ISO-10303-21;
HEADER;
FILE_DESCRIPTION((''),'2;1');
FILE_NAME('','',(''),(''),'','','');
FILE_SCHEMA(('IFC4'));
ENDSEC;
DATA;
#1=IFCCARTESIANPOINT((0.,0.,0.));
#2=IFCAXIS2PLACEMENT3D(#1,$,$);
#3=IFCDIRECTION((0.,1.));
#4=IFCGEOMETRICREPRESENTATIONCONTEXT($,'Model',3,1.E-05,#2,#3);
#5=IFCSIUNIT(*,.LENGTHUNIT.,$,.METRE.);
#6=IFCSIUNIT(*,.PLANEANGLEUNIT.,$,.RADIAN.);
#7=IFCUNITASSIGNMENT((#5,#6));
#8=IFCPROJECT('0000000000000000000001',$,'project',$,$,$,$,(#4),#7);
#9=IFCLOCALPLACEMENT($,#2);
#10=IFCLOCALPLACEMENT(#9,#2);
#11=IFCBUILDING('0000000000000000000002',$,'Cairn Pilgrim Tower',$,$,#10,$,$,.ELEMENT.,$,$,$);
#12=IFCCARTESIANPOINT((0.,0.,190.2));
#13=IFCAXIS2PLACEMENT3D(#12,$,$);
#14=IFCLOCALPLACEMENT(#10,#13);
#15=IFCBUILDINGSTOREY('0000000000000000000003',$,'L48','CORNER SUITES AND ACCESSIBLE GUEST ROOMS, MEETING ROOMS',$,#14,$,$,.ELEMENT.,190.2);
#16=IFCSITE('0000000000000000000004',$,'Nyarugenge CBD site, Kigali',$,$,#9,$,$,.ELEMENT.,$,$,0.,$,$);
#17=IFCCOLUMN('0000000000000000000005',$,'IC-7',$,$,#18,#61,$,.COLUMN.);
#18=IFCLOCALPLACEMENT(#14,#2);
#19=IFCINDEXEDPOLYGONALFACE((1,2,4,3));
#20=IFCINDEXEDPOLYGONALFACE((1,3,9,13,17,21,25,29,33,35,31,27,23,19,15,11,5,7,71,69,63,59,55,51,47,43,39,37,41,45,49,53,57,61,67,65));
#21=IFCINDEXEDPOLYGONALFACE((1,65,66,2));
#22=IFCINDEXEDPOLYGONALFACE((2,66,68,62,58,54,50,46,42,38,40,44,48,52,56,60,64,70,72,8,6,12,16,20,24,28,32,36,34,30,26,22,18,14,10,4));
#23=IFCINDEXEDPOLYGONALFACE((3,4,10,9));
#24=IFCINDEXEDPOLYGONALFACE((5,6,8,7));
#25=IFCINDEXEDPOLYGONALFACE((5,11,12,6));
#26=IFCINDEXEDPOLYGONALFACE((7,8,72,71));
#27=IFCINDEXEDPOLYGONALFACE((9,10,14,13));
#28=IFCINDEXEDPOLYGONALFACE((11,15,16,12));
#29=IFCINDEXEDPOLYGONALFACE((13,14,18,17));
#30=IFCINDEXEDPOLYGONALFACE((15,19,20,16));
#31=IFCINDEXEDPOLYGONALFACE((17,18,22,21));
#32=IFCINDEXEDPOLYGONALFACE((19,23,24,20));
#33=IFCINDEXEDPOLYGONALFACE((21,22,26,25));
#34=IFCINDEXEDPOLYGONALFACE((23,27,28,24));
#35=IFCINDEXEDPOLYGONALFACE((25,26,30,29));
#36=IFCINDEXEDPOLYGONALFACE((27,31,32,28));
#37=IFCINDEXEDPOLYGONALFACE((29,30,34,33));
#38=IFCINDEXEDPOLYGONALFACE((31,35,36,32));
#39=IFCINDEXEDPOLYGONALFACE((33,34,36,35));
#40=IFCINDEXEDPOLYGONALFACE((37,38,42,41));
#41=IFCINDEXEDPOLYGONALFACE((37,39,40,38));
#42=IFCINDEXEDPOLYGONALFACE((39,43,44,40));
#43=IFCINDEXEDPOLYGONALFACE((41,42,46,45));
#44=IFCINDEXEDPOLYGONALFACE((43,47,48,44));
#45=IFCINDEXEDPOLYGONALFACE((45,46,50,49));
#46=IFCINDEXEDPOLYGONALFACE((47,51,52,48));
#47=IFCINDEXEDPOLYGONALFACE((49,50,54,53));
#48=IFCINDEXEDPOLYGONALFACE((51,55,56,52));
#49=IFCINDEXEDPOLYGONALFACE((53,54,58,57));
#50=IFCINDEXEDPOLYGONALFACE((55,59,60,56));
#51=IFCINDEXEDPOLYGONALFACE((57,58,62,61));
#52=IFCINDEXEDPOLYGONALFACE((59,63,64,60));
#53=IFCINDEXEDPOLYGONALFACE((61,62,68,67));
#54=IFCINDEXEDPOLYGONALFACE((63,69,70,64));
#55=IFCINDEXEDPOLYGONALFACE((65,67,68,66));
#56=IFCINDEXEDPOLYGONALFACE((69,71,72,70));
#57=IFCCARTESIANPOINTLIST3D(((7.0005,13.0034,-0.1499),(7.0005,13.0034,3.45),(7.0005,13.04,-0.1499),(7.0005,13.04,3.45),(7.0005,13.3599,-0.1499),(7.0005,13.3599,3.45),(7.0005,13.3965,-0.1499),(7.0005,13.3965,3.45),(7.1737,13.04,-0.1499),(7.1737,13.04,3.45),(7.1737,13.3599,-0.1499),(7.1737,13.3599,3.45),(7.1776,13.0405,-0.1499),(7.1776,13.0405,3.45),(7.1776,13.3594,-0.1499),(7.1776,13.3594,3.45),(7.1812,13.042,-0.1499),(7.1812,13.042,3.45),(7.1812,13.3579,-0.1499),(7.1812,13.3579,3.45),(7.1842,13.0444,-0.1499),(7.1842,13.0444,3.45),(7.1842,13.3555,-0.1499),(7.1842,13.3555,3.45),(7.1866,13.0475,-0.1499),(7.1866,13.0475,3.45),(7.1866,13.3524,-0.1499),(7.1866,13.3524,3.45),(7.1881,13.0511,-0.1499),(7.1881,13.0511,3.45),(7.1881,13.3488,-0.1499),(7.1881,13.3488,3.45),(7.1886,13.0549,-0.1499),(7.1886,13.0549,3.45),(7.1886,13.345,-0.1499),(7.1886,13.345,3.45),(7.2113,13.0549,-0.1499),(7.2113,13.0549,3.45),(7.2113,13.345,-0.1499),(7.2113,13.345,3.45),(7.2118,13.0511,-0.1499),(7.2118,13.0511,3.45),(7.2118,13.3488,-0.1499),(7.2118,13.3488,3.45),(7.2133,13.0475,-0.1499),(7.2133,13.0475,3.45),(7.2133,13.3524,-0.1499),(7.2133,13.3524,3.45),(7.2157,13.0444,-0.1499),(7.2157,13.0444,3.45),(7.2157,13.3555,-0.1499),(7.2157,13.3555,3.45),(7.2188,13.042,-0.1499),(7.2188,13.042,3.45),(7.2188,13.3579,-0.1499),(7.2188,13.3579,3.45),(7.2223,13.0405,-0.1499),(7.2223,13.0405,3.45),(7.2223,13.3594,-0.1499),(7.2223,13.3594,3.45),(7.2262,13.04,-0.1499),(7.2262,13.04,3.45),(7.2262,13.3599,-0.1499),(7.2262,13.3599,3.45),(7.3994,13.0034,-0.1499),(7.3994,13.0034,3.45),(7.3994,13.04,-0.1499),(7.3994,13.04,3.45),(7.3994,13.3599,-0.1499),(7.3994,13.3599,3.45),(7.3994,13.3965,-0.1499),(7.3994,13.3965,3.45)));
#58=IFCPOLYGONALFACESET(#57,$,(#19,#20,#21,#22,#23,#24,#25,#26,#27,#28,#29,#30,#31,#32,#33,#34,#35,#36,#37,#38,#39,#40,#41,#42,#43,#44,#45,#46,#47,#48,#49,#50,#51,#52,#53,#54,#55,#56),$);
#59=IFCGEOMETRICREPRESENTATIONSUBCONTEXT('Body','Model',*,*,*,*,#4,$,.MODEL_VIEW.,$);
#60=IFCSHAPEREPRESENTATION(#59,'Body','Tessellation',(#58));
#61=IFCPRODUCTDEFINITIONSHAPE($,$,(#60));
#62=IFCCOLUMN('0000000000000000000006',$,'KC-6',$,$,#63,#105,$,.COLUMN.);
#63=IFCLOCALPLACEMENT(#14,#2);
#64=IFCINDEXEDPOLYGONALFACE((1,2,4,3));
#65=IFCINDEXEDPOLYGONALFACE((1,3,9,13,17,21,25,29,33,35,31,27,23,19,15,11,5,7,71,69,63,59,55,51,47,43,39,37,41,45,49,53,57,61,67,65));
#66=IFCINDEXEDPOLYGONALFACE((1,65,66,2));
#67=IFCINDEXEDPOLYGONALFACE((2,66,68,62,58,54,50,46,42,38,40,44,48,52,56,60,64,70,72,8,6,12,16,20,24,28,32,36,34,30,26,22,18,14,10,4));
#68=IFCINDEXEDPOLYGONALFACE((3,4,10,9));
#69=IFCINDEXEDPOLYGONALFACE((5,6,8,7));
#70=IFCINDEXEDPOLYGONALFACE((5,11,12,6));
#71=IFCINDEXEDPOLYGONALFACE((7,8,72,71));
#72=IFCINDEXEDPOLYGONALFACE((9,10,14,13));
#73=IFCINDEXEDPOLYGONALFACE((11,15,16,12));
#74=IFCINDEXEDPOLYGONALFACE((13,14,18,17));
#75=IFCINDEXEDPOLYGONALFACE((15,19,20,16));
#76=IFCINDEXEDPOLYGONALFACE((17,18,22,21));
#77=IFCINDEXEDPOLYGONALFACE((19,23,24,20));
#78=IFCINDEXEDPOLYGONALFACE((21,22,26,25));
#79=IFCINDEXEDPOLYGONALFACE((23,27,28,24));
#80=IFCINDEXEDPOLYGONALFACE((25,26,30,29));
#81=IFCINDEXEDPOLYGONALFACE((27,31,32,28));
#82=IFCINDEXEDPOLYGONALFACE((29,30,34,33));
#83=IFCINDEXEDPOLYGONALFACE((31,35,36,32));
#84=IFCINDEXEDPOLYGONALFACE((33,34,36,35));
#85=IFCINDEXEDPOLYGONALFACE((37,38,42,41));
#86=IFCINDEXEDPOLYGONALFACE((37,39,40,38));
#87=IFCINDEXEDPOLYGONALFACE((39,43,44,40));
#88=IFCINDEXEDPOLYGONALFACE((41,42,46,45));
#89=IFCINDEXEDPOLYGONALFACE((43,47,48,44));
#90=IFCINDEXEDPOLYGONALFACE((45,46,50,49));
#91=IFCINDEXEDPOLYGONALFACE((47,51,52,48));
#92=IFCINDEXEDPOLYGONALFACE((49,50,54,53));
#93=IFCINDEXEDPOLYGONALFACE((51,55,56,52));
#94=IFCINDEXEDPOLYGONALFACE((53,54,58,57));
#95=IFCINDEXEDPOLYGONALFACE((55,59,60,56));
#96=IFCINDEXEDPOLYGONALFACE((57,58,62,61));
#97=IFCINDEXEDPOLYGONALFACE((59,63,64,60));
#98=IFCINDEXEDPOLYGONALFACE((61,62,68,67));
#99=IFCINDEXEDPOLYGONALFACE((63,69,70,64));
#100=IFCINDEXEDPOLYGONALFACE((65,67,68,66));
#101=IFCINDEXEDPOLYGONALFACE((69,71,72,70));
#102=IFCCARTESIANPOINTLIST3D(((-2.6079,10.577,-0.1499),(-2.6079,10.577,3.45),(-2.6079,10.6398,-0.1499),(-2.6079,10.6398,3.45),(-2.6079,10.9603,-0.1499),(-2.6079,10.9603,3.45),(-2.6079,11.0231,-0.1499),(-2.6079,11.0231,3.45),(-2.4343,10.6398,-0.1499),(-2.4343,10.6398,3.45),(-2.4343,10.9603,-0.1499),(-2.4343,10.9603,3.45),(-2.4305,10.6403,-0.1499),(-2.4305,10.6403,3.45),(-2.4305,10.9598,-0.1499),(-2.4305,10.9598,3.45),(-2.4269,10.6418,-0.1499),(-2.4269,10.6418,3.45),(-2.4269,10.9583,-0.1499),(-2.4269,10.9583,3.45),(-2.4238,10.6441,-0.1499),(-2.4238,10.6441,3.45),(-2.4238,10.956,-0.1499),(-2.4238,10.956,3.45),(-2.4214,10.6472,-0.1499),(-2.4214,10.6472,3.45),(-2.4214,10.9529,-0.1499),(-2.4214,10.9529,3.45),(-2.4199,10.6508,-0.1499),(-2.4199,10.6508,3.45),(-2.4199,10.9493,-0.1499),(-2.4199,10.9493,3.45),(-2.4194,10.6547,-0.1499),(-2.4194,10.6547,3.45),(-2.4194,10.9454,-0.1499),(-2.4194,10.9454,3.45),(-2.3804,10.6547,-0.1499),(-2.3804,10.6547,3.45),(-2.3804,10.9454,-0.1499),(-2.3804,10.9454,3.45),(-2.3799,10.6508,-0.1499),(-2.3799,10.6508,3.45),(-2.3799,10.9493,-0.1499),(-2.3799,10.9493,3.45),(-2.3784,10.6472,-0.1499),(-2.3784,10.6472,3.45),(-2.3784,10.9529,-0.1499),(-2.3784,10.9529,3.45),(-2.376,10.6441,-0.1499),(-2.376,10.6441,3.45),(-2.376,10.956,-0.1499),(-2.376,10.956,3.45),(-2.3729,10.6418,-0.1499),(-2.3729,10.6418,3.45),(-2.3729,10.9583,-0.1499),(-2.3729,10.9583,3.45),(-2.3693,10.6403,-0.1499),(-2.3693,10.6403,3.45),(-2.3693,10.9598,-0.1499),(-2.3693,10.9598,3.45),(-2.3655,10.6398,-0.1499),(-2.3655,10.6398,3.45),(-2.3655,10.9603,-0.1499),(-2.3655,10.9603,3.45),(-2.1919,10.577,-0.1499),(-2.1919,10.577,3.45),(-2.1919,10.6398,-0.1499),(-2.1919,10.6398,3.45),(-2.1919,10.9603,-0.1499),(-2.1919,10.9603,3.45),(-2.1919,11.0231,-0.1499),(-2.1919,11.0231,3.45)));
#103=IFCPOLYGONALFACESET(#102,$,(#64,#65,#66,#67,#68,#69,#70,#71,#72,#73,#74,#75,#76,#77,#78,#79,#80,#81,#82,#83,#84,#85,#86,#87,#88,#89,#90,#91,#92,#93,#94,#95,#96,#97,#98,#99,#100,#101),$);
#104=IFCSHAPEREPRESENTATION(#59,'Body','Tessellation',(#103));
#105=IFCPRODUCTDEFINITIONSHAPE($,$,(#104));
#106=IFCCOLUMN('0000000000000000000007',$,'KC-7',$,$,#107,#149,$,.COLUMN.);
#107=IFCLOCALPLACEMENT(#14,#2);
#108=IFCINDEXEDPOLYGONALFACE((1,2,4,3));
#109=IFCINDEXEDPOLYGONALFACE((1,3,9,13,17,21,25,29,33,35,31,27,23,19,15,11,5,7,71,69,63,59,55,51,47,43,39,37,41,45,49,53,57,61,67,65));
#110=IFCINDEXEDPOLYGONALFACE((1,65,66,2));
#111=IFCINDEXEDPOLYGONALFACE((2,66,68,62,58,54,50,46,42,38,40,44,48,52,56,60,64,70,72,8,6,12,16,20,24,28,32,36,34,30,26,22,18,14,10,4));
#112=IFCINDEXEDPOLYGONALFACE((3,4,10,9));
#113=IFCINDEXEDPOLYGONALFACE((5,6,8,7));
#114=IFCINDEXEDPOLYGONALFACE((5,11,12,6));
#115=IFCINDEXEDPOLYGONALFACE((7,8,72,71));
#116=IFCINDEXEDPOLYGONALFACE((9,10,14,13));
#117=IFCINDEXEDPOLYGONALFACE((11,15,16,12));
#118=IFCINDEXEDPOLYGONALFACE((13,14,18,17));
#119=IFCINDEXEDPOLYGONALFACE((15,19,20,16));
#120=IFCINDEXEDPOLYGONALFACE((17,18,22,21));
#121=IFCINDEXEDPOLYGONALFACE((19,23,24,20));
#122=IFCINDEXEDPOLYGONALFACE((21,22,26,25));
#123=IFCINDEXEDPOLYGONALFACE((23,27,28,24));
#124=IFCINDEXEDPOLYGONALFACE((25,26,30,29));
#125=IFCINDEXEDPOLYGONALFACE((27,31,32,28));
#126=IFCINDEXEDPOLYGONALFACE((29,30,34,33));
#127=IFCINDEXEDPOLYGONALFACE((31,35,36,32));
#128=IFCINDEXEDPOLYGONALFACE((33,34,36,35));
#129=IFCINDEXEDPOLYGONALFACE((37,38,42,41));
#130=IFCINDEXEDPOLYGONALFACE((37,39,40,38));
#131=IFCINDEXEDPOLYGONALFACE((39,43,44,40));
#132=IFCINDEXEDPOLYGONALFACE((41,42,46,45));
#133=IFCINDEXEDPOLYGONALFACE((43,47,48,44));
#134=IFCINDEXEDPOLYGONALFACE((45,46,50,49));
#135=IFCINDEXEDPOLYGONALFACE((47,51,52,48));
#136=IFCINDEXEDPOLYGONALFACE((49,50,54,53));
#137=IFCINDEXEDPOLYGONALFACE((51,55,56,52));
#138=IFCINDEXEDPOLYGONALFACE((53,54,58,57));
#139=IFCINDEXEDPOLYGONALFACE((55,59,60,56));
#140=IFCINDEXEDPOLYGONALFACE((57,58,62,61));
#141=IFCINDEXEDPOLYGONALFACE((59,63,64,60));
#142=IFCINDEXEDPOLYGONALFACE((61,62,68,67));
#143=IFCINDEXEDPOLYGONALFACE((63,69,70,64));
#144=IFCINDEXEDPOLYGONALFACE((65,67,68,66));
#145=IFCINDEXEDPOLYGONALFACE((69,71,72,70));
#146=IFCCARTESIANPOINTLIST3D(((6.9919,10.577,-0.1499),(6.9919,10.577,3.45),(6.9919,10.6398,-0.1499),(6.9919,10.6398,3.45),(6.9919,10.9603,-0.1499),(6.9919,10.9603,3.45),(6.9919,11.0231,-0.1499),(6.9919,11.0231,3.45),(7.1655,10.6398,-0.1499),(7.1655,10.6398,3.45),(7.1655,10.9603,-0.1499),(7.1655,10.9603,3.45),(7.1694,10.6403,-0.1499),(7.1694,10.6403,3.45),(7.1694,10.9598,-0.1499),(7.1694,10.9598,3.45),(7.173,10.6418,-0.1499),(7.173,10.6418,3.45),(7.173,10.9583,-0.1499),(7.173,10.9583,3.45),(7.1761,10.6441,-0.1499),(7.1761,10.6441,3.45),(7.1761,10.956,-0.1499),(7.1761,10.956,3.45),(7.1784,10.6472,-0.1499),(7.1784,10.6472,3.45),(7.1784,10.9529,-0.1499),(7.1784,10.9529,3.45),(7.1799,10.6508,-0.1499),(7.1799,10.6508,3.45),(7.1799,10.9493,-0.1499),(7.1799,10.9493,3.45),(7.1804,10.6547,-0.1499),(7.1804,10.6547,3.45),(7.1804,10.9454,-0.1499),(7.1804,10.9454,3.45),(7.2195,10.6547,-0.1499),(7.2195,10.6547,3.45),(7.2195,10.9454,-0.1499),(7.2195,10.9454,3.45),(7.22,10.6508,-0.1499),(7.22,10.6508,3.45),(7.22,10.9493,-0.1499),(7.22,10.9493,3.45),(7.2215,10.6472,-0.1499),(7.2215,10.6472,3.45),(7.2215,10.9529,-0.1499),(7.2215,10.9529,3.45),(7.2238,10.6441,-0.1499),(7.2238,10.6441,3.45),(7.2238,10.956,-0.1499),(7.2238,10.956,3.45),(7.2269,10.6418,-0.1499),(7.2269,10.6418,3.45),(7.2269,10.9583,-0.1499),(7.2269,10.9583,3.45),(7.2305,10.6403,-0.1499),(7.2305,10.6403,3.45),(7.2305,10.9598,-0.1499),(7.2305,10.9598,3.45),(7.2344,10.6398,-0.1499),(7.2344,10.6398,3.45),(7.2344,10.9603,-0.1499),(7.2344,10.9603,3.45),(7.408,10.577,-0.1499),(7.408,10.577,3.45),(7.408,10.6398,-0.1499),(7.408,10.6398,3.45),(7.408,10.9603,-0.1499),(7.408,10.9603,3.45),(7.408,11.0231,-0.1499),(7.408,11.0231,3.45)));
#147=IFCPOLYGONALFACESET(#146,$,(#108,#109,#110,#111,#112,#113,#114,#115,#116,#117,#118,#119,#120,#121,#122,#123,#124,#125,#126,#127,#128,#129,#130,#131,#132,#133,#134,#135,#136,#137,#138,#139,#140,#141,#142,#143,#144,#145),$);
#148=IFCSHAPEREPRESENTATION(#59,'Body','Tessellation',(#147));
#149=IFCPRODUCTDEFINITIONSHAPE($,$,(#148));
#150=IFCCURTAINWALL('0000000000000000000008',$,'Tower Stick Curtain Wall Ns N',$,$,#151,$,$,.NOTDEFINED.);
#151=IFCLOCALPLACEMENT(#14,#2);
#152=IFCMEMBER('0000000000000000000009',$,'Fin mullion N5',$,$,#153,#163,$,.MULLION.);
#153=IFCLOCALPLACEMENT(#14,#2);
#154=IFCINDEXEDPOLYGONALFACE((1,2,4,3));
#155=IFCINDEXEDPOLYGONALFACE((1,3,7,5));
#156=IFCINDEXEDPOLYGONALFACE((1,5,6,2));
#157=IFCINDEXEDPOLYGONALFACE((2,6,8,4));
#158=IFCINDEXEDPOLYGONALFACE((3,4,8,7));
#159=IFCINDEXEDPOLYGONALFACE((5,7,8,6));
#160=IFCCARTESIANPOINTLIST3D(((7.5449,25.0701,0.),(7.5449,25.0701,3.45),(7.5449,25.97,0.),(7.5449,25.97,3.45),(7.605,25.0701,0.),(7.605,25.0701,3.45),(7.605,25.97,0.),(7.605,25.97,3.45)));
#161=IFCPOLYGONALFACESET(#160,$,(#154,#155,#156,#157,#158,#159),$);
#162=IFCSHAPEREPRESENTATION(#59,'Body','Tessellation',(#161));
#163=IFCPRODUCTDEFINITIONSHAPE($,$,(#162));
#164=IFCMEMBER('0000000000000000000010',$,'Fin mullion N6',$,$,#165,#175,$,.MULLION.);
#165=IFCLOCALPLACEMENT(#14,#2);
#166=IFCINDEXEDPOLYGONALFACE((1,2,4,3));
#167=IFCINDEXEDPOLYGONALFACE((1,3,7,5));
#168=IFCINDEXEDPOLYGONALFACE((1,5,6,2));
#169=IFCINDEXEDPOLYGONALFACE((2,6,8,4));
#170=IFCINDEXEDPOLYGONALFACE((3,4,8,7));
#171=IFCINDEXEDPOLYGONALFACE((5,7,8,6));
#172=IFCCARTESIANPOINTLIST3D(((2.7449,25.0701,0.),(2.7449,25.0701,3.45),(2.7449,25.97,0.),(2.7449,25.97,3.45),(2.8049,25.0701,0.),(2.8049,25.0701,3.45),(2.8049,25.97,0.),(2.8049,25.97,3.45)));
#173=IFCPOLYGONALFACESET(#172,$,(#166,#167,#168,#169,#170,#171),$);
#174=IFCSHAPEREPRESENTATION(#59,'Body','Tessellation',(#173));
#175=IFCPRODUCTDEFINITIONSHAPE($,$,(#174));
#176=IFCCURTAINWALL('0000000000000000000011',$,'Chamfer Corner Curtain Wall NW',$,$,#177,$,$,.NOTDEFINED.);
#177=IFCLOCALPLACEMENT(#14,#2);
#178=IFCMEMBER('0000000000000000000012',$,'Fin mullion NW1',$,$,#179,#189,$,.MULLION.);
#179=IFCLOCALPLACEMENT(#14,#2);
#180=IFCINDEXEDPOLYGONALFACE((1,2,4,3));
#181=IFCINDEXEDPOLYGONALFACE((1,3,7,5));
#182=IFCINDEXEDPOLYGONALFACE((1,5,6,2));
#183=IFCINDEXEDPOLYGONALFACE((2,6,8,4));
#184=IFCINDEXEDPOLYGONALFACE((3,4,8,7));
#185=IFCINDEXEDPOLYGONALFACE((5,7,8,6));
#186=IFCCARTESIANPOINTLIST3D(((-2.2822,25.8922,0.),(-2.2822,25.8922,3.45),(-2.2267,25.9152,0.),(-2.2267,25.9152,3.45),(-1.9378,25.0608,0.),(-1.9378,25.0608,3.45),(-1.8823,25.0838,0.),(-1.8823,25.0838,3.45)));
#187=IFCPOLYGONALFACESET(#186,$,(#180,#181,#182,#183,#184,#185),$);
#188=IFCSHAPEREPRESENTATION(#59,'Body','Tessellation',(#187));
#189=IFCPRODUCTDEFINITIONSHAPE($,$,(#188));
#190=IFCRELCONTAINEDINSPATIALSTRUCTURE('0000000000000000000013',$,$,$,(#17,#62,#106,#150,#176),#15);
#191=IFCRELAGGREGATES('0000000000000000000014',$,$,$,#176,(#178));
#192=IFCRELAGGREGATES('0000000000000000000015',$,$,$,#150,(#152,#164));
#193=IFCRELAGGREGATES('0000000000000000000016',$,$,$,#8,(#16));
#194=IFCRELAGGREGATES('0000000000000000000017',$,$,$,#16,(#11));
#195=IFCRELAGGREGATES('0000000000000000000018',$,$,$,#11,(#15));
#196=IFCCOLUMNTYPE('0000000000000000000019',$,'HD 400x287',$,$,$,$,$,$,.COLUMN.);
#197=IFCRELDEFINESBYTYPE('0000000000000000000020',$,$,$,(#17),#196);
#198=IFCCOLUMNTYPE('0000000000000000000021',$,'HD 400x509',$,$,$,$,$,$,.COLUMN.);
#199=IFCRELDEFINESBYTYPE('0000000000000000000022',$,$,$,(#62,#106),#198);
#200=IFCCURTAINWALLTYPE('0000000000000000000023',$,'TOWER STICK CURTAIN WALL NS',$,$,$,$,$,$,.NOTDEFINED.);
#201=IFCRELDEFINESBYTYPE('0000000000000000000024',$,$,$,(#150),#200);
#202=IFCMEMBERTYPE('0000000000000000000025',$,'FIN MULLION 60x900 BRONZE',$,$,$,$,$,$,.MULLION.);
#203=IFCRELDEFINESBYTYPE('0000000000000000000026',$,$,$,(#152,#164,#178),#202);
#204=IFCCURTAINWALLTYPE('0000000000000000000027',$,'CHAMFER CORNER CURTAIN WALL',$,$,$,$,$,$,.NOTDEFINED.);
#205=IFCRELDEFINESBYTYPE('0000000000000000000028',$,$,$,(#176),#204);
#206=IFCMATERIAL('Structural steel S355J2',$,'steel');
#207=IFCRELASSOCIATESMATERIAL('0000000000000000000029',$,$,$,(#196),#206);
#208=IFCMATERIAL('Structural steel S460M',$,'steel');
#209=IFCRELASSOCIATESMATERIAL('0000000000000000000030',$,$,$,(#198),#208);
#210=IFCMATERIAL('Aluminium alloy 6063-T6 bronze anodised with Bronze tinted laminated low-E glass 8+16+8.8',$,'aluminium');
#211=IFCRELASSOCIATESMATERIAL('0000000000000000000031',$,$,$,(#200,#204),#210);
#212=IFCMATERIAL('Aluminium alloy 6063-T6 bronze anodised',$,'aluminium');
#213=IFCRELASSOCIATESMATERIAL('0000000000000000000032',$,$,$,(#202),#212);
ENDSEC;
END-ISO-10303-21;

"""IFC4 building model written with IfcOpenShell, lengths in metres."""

from ifc_helpers import new_model, si_unit, direction, frame, origin, origin_2d, place, context, subcontext, project, spatial, rectangle, i_section, extrude, material, material_profile, profile_set, type_object, element, aggregate, save


model = new_model("IFC4")

# Units and contexts
model_context = context("Model", 3, precision=1e-05, world=origin(), true_north=direction((0.0, 1.0)))
body_context = subcontext(model_context, "Body", "Model", "MODEL_VIEW")
ifc_project = project(units=[si_unit("LENGTHUNIT", "METRE"), si_unit("PLANEANGLEUNIT", "RADIAN")], contexts=[model_context])

# Site, building, storey
site_placement = place(None, origin())
site = spatial("IfcSite", under=ifc_project, at=site_placement, Name="Nyarugenge CBD site, Kigali", CompositionType="ELEMENT", RefElevation=0.0)
building_placement = place(site_placement, origin())
building = spatial("IfcBuilding", under=site, at=building_placement, Name="Cairn Pilgrim Tower", CompositionType="ELEMENT")
storey_placement = place(building_placement, frame((0.0, 0.0, 190.2)))
storey = spatial("IfcBuildingStorey", under=building, at=storey_placement, Name="L48", Description="CORNER SUITES AND ACCESSIBLE GUEST ROOMS, MEETING ROOMS", CompositionType="ELEMENT", Elevation=190.2)

# Columns
ifc_material_1 = material(Name="Structural steel S460M", Category="steel")
ifc_material_2 = material(Name="Structural steel S355J2", Category="steel")
ifc_material_profile_1 = material_profile(ifc_material_2, i_section(OverallWidth=0.3989, OverallDepth=0.3931, WebThickness=0.0227, FlangeThickness=0.0366, FilletRadius=0.0149, at=origin_2d()), Name="HD 400x287")
ifc_profile_set_1 = profile_set([ifc_material_profile_1], Name="Structural steel S355J2")
column_type_1 = type_object("IfcColumnType", Name="HD 400x287", PredefinedType="COLUMN", material=ifc_profile_set_1)
column_placement = place(storey_placement, frame((7.2, 13.2, -0.1499), z_axis=(0.0, 0.0, 1.0), x_axis=(1.0, 0.0, 0.0)))
element("IfcColumn", 1, at=column_placement, inside=storey, type_object=column_type_1, Name="IC-7", PredefinedType="COLUMN", context=body_context, shape_type="SweptSolid", body=[
    extrude(i_section(OverallWidth=0.3989, OverallDepth=0.3931, WebThickness=0.0227, FlangeThickness=0.0366, FilletRadius=0.0149, at=origin_2d()), origin(), (0.0, 0.0, 1.0), 3.5999),
])
ifc_material_profile_2 = material_profile(ifc_material_1, i_section(OverallWidth=0.416, OverallDepth=0.446, WebThickness=0.0391, FlangeThickness=0.0627, FilletRadius=0.0149, at=origin_2d()), Name="HD 400x509")
ifc_profile_set_2 = profile_set([ifc_material_profile_2], Name="Structural steel S460M")
column_type_2 = type_object("IfcColumnType", Name="HD 400x509", PredefinedType="COLUMN", material=ifc_profile_set_2)
for number, where, z_axis, x_axis, name in (
    (2, (-2.3999, 10.8, -0.1499), (0.0, 0.0, 1.0), (1.0, 0.0, 0.0), "KC-6"),
    (3, (7.2, 10.8, -0.1499), (0.0, 0.0, 1.0), (1.0, 0.0, 0.0), "KC-7"),
):
    element("IfcColumn", number, at=place(storey_placement, frame(where, z_axis=z_axis, x_axis=x_axis)), inside=storey, type_object=column_type_2, Name=name, PredefinedType="COLUMN", context=body_context, shape_type="SweptSolid", body=[
        extrude(i_section(OverallWidth=0.416, OverallDepth=0.446, WebThickness=0.0391, FlangeThickness=0.0627, FilletRadius=0.0149, at=origin_2d()), origin(), (0.0, 0.0, 1.0), 3.5999),
    ])

# Curtain wall, members
ifc_material_3 = material(Name="Aluminium alloy 6063-T6 bronze anodised with Bronze tinted laminated low-E glass 8+16+8.8", Category="aluminium")
curtain_wall_type_1 = type_object("IfcCurtainWallType", Name="TOWER STICK CURTAIN WALL NS", PredefinedType="NOTDEFINED", material=ifc_material_3)
curtain_wall_1_placement = place(storey_placement, origin())
curtain_wall_1 = element("IfcCurtainWall", 4, at=curtain_wall_1_placement, inside=storey, type_object=curtain_wall_type_1, Name="Tower Stick Curtain Wall Ns N", PredefinedType="NOTDEFINED")
ifc_material_4 = material(Name="Aluminium alloy 6063-T6 bronze anodised", Category="aluminium")
ifc_material_profile_3 = material_profile(ifc_material_4, rectangle(XDim=0.8999, YDim=0.0601, at=origin_2d()), Name="FIN MULLION 60x900 BRONZE")
ifc_profile_set_3 = profile_set([ifc_material_profile_3], Name="Aluminium alloy 6063-T6 bronze anodised")
member_type_1 = type_object("IfcMemberType", Name="FIN MULLION 60x900 BRONZE", PredefinedType="MULLION", material=ifc_profile_set_3)
member_1_placement = place(storey_placement, frame((7.575, 25.52, 0.0), z_axis=(0.0, 0.0, 1.0), x_axis=(0.0, 1.0, 0.0)))
member_1 = element("IfcMember", 5, at=member_1_placement, type_object=member_type_1, Name="Fin mullion N5", PredefinedType="MULLION", context=body_context, shape_type="SweptSolid", body=[
    extrude(rectangle(XDim=0.8999, YDim=0.0601, at=origin_2d()), origin(), (0.0, 0.0, 1.0), 3.45),
])
member_2_placement = place(storey_placement, frame((2.7749, 25.52, 0.0), z_axis=(0.0, 0.0, 1.0), x_axis=(0.0, 1.0, 0.0)))
member_2 = element("IfcMember", 6, at=member_2_placement, type_object=member_type_1, Name="Fin mullion N6", PredefinedType="MULLION", context=body_context, shape_type="SweptSolid", body=[
    extrude(rectangle(XDim=0.8999, YDim=0.0601, at=origin_2d()), origin(), (0.0, 0.0, 1.0), 3.45),
])

# Curtain wall, member
curtain_wall_type_2 = type_object("IfcCurtainWallType", Name="CHAMFER CORNER CURTAIN WALL", PredefinedType="NOTDEFINED", material=ifc_material_3)
curtain_wall_2_placement = place(storey_placement, origin())
curtain_wall_2 = element("IfcCurtainWall", 7, at=curtain_wall_2_placement, inside=storey, type_object=curtain_wall_type_2, Name="Chamfer Corner Curtain Wall NW", PredefinedType="NOTDEFINED")
member_3_placement = place(storey_placement, frame((-2.0823, 25.488, 0.0), z_axis=(0.0, 0.0, 1.0), x_axis=(-0.382683, 0.92388, 0.0)))
member_3 = element("IfcMember", 8, at=member_3_placement, type_object=member_type_1, Name="Fin mullion NW1", PredefinedType="MULLION", context=body_context, shape_type="SweptSolid", body=[
    extrude(rectangle(XDim=0.8999, YDim=0.0601, at=origin_2d()), origin(), (0.0, 0.0, 1.0), 3.45),
])
aggregate(curtain_wall_2, [member_3])

aggregate(curtain_wall_1, [member_1, member_2])

save(model, "model.ifc")
